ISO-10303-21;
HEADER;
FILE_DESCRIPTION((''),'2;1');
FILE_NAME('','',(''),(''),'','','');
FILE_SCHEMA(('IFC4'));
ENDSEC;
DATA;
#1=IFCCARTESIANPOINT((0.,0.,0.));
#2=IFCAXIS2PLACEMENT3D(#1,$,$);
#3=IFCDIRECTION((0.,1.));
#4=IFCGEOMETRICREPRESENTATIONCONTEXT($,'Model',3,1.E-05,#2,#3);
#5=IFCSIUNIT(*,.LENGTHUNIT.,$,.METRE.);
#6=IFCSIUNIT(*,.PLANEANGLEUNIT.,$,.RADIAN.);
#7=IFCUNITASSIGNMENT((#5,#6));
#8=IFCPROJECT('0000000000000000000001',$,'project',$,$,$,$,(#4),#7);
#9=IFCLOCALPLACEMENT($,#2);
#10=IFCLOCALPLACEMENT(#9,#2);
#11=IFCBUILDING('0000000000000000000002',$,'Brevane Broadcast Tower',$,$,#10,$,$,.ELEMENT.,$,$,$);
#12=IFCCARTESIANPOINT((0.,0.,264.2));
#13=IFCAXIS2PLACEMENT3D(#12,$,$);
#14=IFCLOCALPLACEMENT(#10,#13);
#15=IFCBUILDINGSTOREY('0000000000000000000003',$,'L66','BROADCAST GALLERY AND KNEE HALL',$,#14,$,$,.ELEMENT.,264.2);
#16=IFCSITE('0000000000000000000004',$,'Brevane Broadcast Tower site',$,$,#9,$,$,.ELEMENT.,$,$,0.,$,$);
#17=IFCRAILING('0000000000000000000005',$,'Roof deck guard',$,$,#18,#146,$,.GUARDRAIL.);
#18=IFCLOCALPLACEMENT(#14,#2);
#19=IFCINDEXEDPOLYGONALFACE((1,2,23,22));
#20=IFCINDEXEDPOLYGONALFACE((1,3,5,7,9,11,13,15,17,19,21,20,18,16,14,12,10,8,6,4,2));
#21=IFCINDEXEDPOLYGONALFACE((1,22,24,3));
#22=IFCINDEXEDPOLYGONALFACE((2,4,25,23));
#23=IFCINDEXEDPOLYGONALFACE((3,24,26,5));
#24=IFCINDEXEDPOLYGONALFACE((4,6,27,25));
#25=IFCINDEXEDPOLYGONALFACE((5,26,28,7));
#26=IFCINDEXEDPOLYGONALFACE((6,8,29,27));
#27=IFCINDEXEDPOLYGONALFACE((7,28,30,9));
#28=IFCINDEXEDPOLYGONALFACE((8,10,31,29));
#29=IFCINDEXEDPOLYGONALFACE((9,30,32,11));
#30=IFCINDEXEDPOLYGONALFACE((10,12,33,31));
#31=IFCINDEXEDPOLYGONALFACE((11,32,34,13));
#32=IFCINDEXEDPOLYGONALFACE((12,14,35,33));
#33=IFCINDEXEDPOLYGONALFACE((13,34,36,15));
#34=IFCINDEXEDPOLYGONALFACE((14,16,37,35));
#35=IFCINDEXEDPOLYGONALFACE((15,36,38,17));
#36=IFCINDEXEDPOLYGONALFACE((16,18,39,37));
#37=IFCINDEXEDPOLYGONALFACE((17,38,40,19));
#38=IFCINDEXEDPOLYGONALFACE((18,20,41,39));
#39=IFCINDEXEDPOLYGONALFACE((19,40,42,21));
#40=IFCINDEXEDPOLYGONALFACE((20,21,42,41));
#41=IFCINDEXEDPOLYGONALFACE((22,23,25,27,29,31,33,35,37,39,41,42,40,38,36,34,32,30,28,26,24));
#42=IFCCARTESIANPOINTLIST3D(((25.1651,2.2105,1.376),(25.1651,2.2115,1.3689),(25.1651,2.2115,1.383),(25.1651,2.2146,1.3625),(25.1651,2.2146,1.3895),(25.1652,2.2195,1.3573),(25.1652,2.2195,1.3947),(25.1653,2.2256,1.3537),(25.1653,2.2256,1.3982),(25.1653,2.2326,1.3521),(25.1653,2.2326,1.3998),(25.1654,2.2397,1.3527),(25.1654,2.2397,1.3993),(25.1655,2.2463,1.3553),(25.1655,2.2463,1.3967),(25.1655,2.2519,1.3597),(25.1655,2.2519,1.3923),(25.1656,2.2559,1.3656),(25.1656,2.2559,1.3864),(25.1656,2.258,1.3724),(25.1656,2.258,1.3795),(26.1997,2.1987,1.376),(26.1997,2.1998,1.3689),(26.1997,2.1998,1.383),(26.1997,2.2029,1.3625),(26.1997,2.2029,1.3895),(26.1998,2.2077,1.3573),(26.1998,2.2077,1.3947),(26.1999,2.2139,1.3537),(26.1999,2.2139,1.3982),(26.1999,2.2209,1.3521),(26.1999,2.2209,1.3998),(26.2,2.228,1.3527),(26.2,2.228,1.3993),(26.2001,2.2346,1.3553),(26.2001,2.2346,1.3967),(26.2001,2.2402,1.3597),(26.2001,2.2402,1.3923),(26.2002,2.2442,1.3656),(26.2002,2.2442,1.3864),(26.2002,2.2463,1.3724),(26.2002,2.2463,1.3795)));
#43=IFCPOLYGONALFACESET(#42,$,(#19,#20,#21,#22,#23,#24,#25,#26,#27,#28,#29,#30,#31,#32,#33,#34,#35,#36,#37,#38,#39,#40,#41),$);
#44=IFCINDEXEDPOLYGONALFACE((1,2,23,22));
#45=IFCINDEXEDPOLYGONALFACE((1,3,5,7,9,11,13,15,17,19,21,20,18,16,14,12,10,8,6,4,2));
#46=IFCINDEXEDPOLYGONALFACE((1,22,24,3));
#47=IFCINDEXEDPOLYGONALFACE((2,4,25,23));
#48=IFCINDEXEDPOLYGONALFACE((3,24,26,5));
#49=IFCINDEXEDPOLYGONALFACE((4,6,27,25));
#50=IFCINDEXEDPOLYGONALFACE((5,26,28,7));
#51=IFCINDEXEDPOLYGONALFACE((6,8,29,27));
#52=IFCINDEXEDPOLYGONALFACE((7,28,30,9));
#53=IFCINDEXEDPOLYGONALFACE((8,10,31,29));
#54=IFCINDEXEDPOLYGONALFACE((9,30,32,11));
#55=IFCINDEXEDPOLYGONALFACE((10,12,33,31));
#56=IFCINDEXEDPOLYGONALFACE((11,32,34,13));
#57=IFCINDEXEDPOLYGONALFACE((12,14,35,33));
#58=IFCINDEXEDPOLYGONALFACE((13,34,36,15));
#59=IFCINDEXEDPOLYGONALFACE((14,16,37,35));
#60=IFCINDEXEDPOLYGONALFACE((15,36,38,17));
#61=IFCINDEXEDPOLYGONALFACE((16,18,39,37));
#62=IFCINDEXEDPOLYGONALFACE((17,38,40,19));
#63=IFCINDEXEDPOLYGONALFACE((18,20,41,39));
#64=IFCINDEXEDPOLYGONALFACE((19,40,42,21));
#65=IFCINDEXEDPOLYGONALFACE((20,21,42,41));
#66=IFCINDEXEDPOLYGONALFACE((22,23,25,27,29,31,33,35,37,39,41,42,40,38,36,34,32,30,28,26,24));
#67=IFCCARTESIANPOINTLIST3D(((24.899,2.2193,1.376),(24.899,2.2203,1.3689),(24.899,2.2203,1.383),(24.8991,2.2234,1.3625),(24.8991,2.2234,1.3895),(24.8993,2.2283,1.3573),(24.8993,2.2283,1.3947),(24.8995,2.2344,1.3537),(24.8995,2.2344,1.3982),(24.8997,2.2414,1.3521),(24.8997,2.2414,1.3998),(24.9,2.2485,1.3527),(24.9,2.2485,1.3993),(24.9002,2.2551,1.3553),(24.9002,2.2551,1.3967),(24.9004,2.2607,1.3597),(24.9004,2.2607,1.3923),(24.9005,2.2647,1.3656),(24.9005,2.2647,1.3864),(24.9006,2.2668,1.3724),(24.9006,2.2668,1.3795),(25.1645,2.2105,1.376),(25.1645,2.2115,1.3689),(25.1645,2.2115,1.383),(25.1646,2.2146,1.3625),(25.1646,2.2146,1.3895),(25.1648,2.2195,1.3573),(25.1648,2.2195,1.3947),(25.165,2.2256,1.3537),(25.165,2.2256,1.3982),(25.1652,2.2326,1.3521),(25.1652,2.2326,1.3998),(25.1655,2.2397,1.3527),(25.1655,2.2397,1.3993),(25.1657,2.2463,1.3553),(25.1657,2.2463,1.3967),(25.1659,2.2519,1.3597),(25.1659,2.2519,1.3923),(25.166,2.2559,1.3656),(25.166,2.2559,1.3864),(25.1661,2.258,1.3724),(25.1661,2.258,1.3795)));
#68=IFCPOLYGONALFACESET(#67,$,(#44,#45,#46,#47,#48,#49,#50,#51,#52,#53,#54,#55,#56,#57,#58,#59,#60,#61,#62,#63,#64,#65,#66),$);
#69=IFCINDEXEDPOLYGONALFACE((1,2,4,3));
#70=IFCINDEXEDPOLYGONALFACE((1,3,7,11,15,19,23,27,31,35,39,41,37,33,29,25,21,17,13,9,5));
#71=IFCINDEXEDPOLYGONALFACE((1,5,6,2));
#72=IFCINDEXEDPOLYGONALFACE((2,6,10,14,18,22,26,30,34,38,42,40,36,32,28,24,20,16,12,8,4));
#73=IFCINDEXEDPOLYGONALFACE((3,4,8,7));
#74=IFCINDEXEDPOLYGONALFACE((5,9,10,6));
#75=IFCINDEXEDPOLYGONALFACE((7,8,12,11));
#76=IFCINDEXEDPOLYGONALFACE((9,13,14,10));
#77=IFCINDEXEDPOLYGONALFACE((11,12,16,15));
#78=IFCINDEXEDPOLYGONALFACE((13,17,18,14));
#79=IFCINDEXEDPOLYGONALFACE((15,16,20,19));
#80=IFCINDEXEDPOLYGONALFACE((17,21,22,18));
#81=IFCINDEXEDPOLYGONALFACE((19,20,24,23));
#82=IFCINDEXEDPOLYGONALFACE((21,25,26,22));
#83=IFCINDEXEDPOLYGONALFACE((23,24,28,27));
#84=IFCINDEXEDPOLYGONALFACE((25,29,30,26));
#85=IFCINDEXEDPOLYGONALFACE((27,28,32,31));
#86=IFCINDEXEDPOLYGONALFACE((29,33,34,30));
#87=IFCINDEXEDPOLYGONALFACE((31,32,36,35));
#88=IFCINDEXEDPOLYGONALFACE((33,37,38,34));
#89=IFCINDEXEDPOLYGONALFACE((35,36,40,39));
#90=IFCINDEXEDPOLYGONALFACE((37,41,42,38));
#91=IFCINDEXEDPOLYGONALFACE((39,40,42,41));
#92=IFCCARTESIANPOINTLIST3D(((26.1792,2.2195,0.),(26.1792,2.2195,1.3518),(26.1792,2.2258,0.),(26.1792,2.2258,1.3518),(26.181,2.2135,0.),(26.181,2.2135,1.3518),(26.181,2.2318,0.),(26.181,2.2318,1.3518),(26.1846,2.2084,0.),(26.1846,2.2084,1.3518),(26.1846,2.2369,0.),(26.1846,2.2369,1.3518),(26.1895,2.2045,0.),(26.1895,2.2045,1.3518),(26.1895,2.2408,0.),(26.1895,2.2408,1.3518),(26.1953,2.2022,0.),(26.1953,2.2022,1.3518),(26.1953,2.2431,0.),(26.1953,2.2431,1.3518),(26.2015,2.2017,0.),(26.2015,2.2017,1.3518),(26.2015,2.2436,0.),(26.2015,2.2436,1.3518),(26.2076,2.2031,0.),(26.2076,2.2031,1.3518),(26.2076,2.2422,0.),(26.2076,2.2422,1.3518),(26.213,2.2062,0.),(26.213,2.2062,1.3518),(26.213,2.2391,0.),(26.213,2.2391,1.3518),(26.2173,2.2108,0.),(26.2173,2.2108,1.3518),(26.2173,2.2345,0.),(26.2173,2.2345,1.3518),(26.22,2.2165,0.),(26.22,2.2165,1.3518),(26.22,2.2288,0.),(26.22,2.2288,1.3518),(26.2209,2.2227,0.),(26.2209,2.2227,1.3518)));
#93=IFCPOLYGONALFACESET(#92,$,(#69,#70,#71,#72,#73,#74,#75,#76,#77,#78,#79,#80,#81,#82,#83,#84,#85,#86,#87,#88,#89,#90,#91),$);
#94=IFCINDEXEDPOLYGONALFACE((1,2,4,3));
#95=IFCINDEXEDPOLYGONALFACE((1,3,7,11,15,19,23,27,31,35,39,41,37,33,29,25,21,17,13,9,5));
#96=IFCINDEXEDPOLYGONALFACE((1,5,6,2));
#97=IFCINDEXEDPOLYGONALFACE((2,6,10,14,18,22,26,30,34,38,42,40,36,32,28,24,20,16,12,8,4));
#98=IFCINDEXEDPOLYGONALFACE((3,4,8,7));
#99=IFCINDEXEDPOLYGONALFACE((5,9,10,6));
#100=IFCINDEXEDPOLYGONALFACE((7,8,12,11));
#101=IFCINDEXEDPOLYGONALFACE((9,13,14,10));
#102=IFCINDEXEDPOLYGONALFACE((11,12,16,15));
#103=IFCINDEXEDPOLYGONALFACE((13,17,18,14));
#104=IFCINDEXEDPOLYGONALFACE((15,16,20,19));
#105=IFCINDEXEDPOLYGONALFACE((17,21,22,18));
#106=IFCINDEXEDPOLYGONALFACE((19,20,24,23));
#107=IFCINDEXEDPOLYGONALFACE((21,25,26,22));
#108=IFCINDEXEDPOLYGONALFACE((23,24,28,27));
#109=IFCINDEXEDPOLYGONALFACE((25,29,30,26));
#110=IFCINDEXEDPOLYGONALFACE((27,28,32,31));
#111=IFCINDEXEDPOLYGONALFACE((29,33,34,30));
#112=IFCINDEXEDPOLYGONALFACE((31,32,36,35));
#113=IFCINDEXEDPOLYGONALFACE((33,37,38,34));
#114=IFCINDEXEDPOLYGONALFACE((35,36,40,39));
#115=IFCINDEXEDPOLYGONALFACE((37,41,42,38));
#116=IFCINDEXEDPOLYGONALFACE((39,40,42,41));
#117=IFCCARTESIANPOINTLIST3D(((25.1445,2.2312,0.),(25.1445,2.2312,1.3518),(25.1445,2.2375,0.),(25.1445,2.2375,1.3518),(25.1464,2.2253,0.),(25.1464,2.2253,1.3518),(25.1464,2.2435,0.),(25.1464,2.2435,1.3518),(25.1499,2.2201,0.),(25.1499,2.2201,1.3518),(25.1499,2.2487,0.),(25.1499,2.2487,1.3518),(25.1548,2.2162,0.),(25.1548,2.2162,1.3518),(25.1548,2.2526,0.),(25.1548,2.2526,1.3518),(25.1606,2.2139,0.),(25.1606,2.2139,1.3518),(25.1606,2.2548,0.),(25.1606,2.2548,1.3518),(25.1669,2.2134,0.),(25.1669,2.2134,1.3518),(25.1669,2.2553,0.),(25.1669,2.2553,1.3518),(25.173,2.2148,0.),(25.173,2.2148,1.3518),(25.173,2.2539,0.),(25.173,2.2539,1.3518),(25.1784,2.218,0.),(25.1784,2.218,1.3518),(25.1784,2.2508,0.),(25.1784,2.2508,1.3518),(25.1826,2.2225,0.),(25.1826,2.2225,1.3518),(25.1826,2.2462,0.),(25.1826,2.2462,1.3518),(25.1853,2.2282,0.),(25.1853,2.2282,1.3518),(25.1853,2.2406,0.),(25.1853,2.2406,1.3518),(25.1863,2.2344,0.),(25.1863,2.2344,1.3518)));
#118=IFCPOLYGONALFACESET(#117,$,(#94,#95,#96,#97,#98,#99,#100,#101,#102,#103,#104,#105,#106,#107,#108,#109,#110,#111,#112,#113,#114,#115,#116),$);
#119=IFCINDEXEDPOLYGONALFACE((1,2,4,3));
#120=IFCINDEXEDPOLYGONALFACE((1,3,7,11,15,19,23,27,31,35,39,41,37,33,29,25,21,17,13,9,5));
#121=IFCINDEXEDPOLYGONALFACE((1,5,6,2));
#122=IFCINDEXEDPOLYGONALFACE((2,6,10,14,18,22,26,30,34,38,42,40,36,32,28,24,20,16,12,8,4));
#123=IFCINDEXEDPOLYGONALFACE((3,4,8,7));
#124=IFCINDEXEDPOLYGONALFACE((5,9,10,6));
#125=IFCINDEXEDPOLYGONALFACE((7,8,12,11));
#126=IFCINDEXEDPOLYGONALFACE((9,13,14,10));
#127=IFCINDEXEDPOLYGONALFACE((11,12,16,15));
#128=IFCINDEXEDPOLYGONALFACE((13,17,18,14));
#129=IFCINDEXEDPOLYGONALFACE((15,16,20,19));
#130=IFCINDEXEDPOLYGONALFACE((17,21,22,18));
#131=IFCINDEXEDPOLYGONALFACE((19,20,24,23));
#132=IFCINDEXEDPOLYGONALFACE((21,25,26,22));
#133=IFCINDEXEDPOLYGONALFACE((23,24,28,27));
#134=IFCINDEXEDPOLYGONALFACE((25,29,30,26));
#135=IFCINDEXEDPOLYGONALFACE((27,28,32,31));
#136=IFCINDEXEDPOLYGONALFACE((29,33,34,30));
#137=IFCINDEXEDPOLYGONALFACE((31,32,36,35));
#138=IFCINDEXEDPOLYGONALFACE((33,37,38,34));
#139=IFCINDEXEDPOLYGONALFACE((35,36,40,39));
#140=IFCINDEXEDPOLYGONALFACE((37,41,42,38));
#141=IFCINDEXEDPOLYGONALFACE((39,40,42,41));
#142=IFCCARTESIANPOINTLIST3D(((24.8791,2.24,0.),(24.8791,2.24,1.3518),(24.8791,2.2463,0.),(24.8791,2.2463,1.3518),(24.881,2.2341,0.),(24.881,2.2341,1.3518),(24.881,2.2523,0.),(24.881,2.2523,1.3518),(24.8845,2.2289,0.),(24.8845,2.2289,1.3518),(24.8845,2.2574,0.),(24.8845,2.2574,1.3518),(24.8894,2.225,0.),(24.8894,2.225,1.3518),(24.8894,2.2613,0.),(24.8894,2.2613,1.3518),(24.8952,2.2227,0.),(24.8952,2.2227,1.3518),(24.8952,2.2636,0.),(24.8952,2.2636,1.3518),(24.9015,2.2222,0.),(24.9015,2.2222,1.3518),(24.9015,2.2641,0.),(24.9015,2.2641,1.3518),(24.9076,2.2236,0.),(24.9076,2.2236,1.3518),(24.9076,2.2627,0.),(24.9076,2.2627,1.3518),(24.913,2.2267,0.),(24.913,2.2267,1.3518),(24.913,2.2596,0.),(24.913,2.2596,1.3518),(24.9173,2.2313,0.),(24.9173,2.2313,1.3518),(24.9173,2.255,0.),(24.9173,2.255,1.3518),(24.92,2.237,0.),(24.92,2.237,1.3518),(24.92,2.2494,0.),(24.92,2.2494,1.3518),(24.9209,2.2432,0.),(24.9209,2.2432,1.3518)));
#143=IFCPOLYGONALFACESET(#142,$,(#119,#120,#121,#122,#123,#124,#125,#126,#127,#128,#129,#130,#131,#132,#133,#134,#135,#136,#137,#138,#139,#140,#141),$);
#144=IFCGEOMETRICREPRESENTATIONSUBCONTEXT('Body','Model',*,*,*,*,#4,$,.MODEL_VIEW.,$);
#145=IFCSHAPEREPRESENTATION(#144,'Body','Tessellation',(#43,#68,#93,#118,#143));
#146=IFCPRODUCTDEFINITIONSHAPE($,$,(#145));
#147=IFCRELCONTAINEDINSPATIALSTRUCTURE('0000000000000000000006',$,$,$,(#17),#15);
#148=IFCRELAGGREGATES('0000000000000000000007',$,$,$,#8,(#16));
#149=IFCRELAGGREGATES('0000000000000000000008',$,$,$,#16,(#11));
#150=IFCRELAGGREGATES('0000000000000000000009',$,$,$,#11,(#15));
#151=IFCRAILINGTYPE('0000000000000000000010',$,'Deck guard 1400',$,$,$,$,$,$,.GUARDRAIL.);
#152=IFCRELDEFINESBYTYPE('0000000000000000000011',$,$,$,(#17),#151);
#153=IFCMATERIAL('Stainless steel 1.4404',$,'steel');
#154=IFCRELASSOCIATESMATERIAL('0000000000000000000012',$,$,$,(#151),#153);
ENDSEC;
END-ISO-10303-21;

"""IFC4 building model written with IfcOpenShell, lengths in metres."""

from ifc_helpers import new_model, si_unit, direction, frame, origin, origin_2d, place, context, subcontext, project, spatial, circle, extrude, material, type_object, element, save


model = new_model("IFC4")

# Units and contexts
model_context = context("Model", 3, precision=1e-05, world=origin(), true_north=direction((0.0, 1.0)))
body_context = subcontext(model_context, "Body", "Model", "MODEL_VIEW")
ifc_project = project(units=[si_unit("LENGTHUNIT", "METRE"), si_unit("PLANEANGLEUNIT", "RADIAN")], contexts=[model_context])

# Site, building, storey
site_placement = place(None, origin())
site = spatial("IfcSite", under=ifc_project, at=site_placement, Name="Brevane Broadcast Tower site", CompositionType="ELEMENT", RefElevation=0.0)
building_placement = place(site_placement, origin())
building = spatial("IfcBuilding", under=site, at=building_placement, Name="Brevane Broadcast Tower", CompositionType="ELEMENT")
storey_placement = place(building_placement, frame((0.0, 0.0, 264.2)))
storey = spatial("IfcBuildingStorey", under=building, at=storey_placement, Name="L66", Description="BROADCAST GALLERY AND KNEE HALL", CompositionType="ELEMENT", Elevation=264.2)

# Railing
ifc_material_1 = material(Name="Stainless steel 1.4404", Category="steel")
railing_type = type_object("IfcRailingType", Name="Deck guard 1400", PredefinedType="GUARDRAIL", material=ifc_material_1)
railing_placement = place(storey_placement, frame((26.2, 2.2227, 0.0)))
element("IfcRailing", 1, at=railing_placement, inside=storey, type_object=railing_type, Name="Roof deck guard", PredefinedType="GUARDRAIL", context=body_context, shape_type="SweptSolid", body=[
    extrude(circle(Radius=0.0239, at=origin_2d()), frame((0.0, 0.0, 1.376), z_axis=(-0.999936, 0.011325, 0.0), x_axis=(-0.011325, -0.999936, 0.0)), (0.0, 0.0, 1.0), 1.0347),
    extrude(circle(Radius=0.0239, at=origin_2d()), frame((-1.0347, 0.0117, 1.376), z_axis=(-0.999452, 0.033101, 0.0), x_axis=(-0.033101, -0.999452, 0.0)), (0.0, 0.0, 1.0), 0.2656),
    extrude(circle(Radius=0.021, at=origin_2d()), origin(), (0.0, 0.0, 1.0), 1.3518),
    extrude(circle(Radius=0.021, at=origin_2d()), frame((-1.0347, 0.0117, 0.0)), (0.0, 0.0, 1.0), 1.3518),
    extrude(circle(Radius=0.021, at=origin_2d()), frame((-1.3, 0.0205, 0.0)), (0.0, 0.0, 1.0), 1.3518),
])

save(model, "model.ifc")
